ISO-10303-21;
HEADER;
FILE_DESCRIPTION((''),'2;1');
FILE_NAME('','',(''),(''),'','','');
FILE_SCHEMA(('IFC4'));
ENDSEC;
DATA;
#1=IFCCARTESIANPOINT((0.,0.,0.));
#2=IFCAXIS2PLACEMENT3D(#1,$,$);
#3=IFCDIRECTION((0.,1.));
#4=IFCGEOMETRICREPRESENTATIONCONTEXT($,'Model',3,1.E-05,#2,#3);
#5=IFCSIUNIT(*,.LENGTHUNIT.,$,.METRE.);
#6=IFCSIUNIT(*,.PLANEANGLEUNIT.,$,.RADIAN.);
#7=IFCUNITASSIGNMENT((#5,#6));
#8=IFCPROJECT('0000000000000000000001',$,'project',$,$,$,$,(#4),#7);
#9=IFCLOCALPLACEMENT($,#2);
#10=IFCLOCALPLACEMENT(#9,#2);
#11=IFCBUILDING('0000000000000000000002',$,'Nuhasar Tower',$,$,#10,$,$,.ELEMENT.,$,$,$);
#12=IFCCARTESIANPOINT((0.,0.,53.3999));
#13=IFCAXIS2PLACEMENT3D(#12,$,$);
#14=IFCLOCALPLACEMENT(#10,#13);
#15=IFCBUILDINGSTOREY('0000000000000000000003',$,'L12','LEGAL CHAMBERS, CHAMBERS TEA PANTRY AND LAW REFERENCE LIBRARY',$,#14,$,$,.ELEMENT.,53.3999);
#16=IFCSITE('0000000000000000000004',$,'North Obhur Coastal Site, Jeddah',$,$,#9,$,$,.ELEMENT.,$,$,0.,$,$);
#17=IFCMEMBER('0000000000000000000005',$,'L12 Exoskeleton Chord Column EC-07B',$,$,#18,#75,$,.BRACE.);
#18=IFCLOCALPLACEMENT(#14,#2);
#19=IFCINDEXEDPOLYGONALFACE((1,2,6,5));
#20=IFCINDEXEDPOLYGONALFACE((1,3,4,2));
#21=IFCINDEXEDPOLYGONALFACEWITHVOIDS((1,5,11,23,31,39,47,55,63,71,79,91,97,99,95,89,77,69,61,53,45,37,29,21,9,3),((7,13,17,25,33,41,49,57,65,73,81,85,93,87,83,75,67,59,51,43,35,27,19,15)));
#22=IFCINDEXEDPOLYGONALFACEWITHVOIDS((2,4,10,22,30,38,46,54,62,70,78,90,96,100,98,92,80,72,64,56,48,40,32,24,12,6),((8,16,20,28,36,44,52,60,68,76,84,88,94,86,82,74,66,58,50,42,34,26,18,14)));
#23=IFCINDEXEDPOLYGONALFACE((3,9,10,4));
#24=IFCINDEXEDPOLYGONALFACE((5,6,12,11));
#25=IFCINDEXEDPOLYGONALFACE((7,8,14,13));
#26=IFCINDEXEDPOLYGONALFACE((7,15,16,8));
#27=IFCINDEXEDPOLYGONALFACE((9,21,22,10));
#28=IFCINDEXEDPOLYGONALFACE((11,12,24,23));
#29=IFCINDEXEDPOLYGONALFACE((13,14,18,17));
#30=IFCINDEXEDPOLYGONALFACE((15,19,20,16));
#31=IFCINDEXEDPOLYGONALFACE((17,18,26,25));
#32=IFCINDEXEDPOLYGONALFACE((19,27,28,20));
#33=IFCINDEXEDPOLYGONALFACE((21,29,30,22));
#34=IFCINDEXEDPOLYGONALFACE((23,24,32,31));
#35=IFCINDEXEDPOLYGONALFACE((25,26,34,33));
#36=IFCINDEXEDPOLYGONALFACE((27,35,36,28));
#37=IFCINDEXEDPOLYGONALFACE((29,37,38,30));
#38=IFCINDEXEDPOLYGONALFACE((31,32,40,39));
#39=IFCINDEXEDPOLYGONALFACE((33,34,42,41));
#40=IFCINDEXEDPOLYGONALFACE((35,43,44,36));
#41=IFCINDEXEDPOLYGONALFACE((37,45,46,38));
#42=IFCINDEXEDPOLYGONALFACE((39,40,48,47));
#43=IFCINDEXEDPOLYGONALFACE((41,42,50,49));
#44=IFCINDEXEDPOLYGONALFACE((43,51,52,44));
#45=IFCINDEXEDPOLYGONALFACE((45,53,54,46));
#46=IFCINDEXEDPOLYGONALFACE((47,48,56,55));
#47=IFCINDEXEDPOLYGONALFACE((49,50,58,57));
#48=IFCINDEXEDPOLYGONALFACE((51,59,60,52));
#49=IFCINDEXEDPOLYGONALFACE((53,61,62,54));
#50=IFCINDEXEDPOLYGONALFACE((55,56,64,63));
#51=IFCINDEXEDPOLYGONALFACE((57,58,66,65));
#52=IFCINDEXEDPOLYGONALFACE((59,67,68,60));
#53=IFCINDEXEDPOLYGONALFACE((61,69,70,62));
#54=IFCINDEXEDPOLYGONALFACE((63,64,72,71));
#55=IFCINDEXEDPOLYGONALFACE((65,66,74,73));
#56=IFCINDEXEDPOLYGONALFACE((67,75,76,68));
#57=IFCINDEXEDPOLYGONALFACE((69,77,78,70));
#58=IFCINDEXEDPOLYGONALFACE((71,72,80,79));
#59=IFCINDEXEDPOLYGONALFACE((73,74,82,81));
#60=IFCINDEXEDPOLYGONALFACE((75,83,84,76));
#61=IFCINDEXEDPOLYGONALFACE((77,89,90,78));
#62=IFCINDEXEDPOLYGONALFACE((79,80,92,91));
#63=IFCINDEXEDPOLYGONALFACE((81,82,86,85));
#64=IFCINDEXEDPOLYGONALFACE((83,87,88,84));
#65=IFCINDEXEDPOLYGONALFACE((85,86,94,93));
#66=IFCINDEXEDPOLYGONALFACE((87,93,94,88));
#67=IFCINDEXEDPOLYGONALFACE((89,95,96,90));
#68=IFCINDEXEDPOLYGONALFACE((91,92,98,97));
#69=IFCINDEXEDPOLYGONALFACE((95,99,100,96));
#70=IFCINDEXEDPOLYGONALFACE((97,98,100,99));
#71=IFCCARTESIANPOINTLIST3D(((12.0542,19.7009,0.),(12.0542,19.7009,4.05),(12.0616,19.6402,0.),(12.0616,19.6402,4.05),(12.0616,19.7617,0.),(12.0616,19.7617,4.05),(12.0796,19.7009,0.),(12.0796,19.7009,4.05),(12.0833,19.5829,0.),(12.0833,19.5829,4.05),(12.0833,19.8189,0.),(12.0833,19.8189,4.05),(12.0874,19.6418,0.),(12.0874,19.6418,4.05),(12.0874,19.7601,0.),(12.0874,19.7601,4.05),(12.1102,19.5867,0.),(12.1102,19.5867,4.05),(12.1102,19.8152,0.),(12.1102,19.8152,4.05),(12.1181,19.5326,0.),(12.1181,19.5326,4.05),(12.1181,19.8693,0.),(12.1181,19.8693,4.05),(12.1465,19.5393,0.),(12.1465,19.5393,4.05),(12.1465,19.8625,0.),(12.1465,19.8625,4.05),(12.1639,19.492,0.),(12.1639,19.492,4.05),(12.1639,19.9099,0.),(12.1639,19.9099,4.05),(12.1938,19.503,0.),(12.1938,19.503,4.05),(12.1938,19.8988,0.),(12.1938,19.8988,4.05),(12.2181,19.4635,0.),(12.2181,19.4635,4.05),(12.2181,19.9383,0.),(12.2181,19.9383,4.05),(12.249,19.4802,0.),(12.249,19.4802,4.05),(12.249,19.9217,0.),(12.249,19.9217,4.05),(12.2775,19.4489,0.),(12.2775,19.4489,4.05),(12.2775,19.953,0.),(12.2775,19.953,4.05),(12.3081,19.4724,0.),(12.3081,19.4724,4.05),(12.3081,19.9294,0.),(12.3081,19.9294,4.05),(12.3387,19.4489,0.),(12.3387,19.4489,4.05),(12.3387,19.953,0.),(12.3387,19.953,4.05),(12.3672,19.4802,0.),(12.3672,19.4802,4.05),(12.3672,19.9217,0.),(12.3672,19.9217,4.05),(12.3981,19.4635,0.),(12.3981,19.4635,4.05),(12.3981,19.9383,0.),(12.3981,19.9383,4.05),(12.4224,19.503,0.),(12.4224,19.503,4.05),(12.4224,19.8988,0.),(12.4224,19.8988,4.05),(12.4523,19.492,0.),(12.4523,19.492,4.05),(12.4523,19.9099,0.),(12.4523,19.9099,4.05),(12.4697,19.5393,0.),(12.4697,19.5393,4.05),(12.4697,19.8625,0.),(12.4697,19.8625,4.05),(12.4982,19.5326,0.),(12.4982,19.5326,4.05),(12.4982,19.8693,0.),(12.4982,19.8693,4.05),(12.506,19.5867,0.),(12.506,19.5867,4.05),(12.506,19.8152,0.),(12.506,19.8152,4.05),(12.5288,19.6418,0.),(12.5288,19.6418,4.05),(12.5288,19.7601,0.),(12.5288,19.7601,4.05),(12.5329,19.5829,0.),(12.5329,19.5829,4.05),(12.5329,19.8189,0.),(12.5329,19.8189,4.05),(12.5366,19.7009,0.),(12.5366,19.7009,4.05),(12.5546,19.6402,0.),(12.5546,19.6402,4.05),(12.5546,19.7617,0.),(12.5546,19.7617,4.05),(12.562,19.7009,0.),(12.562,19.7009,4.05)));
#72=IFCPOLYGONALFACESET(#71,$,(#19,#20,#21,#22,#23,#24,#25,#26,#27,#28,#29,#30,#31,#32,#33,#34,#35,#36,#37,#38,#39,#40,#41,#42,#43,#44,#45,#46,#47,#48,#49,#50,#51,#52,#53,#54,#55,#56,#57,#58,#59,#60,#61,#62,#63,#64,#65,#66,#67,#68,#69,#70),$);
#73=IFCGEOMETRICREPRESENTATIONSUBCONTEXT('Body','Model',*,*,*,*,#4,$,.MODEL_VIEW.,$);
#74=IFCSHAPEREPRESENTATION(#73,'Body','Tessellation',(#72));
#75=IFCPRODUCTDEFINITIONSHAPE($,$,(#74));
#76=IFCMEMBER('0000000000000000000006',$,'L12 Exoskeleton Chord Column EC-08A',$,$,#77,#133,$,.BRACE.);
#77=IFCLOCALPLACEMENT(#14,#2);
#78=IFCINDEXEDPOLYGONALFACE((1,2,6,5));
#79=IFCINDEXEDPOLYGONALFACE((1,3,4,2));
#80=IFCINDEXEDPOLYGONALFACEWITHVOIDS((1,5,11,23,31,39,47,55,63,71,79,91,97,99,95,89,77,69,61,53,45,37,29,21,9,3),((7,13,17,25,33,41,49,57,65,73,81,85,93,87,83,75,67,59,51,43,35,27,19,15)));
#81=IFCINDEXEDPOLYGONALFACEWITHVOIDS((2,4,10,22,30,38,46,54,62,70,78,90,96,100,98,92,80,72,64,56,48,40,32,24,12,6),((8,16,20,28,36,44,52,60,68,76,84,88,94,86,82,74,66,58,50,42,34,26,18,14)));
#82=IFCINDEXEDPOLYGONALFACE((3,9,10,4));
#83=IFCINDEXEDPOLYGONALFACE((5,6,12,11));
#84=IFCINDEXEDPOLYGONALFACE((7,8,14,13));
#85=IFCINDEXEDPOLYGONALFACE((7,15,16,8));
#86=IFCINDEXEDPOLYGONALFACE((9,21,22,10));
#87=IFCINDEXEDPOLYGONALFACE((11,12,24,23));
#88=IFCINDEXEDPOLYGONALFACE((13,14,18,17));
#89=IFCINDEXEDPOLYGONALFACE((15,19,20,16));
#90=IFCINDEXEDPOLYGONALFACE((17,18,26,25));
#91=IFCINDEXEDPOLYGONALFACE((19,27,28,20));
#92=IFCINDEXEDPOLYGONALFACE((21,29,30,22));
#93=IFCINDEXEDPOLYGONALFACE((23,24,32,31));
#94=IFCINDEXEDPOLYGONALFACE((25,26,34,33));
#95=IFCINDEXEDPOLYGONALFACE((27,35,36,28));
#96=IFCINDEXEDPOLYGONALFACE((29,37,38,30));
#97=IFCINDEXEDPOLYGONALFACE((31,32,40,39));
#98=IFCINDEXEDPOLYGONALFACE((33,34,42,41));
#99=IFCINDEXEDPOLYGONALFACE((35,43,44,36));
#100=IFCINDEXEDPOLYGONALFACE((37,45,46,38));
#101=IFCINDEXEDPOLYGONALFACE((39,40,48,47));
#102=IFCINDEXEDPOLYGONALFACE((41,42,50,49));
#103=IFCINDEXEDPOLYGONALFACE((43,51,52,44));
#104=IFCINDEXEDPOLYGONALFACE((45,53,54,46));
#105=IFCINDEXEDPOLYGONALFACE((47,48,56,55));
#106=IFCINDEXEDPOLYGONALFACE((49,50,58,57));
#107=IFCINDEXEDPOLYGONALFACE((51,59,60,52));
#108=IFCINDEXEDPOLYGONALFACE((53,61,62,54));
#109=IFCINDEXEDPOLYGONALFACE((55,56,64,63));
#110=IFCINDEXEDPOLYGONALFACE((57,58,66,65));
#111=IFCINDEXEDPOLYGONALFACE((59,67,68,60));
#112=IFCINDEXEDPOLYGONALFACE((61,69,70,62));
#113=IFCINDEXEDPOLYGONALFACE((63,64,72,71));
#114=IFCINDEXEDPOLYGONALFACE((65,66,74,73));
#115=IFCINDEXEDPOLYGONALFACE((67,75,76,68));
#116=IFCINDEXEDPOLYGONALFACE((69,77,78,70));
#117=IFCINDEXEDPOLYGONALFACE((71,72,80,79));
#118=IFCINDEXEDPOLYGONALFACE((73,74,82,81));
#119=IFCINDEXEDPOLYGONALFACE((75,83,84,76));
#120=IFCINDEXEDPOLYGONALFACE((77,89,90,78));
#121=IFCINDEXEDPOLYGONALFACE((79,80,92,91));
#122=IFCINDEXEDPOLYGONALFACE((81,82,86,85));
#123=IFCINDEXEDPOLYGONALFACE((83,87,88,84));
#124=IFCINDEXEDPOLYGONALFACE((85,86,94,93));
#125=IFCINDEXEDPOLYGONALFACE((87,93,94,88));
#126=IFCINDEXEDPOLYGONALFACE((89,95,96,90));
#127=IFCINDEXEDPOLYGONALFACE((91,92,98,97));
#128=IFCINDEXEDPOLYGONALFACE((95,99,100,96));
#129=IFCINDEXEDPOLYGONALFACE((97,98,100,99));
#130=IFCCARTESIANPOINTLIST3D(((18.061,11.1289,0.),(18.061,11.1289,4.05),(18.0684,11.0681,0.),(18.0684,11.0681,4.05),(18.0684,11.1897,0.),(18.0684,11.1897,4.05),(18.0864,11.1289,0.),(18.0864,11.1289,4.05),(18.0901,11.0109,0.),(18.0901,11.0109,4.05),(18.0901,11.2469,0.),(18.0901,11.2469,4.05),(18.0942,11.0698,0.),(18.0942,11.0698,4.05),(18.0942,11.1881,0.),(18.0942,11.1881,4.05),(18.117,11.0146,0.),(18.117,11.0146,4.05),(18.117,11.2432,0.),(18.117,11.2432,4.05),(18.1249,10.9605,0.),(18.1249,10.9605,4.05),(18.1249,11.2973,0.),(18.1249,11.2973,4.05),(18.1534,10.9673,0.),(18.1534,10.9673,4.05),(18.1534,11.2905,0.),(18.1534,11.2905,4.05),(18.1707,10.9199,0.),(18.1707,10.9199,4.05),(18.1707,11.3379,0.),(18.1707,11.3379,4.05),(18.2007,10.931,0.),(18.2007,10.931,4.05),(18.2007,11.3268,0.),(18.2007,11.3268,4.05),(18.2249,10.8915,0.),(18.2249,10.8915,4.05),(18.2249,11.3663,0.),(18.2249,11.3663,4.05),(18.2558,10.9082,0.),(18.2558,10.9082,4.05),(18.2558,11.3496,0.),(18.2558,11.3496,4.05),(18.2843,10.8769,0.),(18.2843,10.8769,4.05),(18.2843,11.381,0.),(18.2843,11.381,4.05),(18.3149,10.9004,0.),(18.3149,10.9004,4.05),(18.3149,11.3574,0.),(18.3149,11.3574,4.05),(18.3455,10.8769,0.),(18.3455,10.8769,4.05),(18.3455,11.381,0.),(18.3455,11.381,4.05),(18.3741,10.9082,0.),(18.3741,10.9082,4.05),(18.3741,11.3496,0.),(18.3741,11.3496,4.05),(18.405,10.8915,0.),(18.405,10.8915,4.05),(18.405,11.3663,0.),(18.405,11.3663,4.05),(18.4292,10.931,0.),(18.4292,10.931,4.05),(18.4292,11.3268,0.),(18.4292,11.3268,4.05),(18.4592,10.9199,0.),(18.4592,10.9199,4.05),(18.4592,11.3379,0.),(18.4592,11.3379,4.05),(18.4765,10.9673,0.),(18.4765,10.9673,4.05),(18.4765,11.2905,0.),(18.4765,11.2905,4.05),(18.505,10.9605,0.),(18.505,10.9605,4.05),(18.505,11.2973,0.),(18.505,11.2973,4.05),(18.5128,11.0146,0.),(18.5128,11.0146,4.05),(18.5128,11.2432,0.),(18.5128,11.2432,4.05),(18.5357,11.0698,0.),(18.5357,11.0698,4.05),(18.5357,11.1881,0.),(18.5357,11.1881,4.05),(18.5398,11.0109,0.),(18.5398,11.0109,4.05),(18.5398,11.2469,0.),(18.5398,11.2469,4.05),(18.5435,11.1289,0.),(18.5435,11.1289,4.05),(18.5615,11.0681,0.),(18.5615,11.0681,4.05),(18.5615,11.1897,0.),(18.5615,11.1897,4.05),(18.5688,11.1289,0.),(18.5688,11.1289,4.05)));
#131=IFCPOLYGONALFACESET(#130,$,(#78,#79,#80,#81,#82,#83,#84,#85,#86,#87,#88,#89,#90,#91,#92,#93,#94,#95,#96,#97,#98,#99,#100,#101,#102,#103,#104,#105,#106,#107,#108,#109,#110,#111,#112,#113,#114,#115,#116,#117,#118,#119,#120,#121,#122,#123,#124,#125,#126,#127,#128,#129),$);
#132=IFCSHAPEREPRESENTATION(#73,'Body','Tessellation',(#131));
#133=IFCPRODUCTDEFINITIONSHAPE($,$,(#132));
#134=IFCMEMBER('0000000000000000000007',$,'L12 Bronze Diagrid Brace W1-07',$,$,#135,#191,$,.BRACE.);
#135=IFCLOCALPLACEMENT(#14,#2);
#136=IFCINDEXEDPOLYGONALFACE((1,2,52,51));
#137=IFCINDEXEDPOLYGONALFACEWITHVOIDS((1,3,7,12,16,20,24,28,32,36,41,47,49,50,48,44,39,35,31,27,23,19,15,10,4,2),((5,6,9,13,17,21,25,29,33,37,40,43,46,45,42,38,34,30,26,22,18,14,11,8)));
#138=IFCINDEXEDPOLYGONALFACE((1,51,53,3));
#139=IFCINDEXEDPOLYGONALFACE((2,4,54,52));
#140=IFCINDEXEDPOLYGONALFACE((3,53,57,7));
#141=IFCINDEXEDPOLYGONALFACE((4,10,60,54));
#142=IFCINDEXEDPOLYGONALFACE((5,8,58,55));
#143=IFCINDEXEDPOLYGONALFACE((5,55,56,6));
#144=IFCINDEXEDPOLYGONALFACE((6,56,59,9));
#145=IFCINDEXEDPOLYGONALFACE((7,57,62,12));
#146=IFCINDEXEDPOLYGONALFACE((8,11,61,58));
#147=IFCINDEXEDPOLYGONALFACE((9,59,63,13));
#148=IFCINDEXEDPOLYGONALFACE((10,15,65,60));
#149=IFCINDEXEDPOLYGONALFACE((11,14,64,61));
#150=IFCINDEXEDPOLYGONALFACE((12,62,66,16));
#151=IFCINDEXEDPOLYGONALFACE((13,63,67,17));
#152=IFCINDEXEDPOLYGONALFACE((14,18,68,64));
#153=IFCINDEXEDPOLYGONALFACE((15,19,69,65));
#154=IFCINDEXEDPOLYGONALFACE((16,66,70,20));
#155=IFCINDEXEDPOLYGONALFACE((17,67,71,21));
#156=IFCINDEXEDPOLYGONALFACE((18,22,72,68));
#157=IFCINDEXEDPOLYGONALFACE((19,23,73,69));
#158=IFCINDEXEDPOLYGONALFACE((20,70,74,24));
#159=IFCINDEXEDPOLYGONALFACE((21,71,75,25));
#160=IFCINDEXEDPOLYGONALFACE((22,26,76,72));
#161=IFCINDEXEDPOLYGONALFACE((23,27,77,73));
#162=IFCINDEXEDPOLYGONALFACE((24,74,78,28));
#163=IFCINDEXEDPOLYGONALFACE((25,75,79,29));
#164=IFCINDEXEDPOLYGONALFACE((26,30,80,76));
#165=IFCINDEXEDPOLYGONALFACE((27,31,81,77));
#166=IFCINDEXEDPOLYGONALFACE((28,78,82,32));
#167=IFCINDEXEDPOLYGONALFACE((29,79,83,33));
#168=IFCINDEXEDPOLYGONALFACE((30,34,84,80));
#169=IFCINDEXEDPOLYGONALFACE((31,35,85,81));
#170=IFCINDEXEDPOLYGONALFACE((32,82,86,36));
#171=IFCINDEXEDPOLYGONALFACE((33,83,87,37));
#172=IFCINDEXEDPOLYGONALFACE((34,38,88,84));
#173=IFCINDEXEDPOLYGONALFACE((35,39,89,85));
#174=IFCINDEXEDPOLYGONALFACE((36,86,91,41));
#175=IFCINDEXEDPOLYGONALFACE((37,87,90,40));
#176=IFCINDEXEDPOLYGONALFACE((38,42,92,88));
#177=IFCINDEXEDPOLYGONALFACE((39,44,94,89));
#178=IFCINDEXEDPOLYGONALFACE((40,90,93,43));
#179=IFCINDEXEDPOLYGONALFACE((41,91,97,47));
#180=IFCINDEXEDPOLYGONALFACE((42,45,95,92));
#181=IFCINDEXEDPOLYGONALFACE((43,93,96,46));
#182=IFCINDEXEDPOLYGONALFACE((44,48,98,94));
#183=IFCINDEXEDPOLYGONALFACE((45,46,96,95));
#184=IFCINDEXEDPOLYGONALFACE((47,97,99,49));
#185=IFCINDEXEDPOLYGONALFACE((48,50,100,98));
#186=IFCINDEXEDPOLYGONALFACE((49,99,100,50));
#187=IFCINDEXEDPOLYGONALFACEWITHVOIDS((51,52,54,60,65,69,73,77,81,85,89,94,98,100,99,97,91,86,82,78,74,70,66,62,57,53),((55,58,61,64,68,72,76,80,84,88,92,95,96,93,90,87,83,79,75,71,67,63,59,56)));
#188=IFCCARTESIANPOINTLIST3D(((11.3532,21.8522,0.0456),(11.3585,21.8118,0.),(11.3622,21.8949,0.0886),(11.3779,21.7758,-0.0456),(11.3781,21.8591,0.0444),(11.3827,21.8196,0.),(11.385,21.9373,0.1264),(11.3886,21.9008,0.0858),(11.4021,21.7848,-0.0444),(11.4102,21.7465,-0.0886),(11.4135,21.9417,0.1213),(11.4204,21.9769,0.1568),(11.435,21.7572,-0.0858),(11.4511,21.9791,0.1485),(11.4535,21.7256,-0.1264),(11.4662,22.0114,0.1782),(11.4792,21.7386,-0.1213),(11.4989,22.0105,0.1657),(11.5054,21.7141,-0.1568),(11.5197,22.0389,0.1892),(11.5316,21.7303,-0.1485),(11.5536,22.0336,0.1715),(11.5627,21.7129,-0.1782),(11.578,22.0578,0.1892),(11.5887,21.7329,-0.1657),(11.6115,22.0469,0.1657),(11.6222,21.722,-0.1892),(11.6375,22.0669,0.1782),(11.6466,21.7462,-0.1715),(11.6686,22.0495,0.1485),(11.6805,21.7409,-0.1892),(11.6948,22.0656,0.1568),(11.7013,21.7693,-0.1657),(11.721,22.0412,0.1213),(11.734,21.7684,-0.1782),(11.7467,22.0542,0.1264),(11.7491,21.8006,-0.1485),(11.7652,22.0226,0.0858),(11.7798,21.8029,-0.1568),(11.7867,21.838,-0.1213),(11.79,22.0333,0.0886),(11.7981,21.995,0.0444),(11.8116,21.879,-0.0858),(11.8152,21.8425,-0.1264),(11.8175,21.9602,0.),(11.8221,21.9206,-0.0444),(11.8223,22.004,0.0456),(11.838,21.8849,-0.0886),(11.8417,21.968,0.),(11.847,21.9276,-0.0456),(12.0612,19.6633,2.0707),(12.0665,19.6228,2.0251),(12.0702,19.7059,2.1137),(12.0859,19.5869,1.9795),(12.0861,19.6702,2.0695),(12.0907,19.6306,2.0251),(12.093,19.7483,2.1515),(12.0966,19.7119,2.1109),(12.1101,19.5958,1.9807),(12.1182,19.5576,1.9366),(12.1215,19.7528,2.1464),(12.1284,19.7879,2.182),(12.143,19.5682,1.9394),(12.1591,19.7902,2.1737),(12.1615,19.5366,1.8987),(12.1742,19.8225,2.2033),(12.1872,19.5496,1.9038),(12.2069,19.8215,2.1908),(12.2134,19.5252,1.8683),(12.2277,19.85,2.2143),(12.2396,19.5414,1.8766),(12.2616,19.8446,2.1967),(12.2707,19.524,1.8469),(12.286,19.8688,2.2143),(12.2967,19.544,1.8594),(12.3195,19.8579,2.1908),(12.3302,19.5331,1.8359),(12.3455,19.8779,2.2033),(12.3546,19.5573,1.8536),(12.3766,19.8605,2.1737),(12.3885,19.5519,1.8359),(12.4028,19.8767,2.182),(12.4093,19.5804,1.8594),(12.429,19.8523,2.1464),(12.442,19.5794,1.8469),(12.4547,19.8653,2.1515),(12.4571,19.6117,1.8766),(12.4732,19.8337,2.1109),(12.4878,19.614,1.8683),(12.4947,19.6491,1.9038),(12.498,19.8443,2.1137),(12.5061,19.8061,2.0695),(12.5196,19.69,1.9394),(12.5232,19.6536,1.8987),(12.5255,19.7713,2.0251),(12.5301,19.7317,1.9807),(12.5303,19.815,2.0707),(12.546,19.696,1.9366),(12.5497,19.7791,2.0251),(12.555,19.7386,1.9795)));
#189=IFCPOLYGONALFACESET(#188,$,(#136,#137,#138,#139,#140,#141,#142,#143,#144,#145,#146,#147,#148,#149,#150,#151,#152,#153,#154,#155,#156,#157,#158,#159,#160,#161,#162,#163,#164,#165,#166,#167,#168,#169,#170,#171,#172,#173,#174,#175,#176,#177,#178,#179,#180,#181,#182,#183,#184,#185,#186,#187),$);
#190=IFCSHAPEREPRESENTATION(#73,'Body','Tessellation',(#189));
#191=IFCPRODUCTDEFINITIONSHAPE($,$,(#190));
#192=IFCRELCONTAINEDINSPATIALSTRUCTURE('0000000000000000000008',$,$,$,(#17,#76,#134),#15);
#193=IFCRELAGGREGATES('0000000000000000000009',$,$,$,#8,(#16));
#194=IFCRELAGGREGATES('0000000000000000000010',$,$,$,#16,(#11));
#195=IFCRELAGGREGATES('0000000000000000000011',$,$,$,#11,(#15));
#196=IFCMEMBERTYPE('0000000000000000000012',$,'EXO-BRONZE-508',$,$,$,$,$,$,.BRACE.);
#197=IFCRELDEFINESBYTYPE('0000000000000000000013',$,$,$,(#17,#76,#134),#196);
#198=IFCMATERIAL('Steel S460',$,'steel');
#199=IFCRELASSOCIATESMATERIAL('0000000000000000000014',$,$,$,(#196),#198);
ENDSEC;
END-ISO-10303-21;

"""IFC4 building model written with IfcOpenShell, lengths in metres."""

from ifc_helpers import new_model, si_unit, direction, frame, origin, origin_2d, place, context, subcontext, project, spatial, hollow_circle, extrude, material, material_profile, profile_set, type_object, element, save


model = new_model("IFC4")

# Units and contexts
model_context = context("Model", 3, precision=1e-05, world=origin(), true_north=direction((0.0, 1.0)))
body_context = subcontext(model_context, "Body", "Model", "MODEL_VIEW")
ifc_project = project(units=[si_unit("LENGTHUNIT", "METRE"), si_unit("PLANEANGLEUNIT", "RADIAN")], contexts=[model_context])

# Site, building, storey
site_placement = place(None, origin())
site = spatial("IfcSite", under=ifc_project, at=site_placement, Name="North Obhur Coastal Site, Jeddah", CompositionType="ELEMENT", RefElevation=0.0)
building_placement = place(site_placement, origin())
building = spatial("IfcBuilding", under=site, at=building_placement, Name="Nuhasar Tower", CompositionType="ELEMENT")
storey_placement = place(building_placement, frame((0.0, 0.0, 53.3999)))
storey = spatial("IfcBuildingStorey", under=building, at=storey_placement, Name="L12", Description="LEGAL CHAMBERS, CHAMBERS TEA PANTRY AND LAW REFERENCE LIBRARY", CompositionType="ELEMENT", Elevation=53.3999)

# Members
ifc_material_1 = material(Name="Steel S460", Category="steel")
ifc_material_profile_1 = material_profile(ifc_material_1, hollow_circle(Radius=0.2539, WallThickness=0.0254, at=origin_2d()), Name="HSS508X25.4")
ifc_profile_set_1 = profile_set([ifc_material_profile_1], Name="Steel S460")
member_type_1 = type_object("IfcMemberType", Name="EXO-BRONZE-508", PredefinedType="BRACE", material=ifc_profile_set_1)
for number, where, z_axis, x_axis, name in (
    (1, (12.3081, 19.7009, 0.0), (0.0, 0.0, 1.0), (1.0, 0.0, 0.0), "L12 Exoskeleton Chord Column EC-07B"),
    (2, (18.3149, 11.1289, 0.0), (0.0, 0.0, 1.0), (1.0, 0.0, 0.0), "L12 Exoskeleton Chord Column EC-08A"),
):
    element("IfcMember", number, at=place(storey_placement, frame(where, z_axis=z_axis, x_axis=x_axis)), inside=storey, type_object=member_type_1, Name=name, PredefinedType="BRACE", context=body_context, shape_type="SweptSolid", body=[
        extrude(hollow_circle(Radius=0.2539, WallThickness=0.0254, at=origin_2d()), origin(), (0.0, 0.0, 1.0), 4.05),
    ])
member_1_placement = place(storey_placement, frame((11.6001, 21.8899, 0.0), z_axis=(0.231, -0.714187, 0.660739), x_axis=(0.951468, 0.307747, 0.0)))
element("IfcMember", 3, at=member_1_placement, inside=storey, type_object=member_type_1, Name="L12 Bronze Diagrid Brace W1-07", PredefinedType="BRACE", context=body_context, shape_type="SweptSolid", body=[
    extrude(hollow_circle(Radius=0.2539, WallThickness=0.0254, at=origin_2d()), origin(), (0.0, 0.0, 1.0), 3.0649),
])

save(model, "model.ifc")
